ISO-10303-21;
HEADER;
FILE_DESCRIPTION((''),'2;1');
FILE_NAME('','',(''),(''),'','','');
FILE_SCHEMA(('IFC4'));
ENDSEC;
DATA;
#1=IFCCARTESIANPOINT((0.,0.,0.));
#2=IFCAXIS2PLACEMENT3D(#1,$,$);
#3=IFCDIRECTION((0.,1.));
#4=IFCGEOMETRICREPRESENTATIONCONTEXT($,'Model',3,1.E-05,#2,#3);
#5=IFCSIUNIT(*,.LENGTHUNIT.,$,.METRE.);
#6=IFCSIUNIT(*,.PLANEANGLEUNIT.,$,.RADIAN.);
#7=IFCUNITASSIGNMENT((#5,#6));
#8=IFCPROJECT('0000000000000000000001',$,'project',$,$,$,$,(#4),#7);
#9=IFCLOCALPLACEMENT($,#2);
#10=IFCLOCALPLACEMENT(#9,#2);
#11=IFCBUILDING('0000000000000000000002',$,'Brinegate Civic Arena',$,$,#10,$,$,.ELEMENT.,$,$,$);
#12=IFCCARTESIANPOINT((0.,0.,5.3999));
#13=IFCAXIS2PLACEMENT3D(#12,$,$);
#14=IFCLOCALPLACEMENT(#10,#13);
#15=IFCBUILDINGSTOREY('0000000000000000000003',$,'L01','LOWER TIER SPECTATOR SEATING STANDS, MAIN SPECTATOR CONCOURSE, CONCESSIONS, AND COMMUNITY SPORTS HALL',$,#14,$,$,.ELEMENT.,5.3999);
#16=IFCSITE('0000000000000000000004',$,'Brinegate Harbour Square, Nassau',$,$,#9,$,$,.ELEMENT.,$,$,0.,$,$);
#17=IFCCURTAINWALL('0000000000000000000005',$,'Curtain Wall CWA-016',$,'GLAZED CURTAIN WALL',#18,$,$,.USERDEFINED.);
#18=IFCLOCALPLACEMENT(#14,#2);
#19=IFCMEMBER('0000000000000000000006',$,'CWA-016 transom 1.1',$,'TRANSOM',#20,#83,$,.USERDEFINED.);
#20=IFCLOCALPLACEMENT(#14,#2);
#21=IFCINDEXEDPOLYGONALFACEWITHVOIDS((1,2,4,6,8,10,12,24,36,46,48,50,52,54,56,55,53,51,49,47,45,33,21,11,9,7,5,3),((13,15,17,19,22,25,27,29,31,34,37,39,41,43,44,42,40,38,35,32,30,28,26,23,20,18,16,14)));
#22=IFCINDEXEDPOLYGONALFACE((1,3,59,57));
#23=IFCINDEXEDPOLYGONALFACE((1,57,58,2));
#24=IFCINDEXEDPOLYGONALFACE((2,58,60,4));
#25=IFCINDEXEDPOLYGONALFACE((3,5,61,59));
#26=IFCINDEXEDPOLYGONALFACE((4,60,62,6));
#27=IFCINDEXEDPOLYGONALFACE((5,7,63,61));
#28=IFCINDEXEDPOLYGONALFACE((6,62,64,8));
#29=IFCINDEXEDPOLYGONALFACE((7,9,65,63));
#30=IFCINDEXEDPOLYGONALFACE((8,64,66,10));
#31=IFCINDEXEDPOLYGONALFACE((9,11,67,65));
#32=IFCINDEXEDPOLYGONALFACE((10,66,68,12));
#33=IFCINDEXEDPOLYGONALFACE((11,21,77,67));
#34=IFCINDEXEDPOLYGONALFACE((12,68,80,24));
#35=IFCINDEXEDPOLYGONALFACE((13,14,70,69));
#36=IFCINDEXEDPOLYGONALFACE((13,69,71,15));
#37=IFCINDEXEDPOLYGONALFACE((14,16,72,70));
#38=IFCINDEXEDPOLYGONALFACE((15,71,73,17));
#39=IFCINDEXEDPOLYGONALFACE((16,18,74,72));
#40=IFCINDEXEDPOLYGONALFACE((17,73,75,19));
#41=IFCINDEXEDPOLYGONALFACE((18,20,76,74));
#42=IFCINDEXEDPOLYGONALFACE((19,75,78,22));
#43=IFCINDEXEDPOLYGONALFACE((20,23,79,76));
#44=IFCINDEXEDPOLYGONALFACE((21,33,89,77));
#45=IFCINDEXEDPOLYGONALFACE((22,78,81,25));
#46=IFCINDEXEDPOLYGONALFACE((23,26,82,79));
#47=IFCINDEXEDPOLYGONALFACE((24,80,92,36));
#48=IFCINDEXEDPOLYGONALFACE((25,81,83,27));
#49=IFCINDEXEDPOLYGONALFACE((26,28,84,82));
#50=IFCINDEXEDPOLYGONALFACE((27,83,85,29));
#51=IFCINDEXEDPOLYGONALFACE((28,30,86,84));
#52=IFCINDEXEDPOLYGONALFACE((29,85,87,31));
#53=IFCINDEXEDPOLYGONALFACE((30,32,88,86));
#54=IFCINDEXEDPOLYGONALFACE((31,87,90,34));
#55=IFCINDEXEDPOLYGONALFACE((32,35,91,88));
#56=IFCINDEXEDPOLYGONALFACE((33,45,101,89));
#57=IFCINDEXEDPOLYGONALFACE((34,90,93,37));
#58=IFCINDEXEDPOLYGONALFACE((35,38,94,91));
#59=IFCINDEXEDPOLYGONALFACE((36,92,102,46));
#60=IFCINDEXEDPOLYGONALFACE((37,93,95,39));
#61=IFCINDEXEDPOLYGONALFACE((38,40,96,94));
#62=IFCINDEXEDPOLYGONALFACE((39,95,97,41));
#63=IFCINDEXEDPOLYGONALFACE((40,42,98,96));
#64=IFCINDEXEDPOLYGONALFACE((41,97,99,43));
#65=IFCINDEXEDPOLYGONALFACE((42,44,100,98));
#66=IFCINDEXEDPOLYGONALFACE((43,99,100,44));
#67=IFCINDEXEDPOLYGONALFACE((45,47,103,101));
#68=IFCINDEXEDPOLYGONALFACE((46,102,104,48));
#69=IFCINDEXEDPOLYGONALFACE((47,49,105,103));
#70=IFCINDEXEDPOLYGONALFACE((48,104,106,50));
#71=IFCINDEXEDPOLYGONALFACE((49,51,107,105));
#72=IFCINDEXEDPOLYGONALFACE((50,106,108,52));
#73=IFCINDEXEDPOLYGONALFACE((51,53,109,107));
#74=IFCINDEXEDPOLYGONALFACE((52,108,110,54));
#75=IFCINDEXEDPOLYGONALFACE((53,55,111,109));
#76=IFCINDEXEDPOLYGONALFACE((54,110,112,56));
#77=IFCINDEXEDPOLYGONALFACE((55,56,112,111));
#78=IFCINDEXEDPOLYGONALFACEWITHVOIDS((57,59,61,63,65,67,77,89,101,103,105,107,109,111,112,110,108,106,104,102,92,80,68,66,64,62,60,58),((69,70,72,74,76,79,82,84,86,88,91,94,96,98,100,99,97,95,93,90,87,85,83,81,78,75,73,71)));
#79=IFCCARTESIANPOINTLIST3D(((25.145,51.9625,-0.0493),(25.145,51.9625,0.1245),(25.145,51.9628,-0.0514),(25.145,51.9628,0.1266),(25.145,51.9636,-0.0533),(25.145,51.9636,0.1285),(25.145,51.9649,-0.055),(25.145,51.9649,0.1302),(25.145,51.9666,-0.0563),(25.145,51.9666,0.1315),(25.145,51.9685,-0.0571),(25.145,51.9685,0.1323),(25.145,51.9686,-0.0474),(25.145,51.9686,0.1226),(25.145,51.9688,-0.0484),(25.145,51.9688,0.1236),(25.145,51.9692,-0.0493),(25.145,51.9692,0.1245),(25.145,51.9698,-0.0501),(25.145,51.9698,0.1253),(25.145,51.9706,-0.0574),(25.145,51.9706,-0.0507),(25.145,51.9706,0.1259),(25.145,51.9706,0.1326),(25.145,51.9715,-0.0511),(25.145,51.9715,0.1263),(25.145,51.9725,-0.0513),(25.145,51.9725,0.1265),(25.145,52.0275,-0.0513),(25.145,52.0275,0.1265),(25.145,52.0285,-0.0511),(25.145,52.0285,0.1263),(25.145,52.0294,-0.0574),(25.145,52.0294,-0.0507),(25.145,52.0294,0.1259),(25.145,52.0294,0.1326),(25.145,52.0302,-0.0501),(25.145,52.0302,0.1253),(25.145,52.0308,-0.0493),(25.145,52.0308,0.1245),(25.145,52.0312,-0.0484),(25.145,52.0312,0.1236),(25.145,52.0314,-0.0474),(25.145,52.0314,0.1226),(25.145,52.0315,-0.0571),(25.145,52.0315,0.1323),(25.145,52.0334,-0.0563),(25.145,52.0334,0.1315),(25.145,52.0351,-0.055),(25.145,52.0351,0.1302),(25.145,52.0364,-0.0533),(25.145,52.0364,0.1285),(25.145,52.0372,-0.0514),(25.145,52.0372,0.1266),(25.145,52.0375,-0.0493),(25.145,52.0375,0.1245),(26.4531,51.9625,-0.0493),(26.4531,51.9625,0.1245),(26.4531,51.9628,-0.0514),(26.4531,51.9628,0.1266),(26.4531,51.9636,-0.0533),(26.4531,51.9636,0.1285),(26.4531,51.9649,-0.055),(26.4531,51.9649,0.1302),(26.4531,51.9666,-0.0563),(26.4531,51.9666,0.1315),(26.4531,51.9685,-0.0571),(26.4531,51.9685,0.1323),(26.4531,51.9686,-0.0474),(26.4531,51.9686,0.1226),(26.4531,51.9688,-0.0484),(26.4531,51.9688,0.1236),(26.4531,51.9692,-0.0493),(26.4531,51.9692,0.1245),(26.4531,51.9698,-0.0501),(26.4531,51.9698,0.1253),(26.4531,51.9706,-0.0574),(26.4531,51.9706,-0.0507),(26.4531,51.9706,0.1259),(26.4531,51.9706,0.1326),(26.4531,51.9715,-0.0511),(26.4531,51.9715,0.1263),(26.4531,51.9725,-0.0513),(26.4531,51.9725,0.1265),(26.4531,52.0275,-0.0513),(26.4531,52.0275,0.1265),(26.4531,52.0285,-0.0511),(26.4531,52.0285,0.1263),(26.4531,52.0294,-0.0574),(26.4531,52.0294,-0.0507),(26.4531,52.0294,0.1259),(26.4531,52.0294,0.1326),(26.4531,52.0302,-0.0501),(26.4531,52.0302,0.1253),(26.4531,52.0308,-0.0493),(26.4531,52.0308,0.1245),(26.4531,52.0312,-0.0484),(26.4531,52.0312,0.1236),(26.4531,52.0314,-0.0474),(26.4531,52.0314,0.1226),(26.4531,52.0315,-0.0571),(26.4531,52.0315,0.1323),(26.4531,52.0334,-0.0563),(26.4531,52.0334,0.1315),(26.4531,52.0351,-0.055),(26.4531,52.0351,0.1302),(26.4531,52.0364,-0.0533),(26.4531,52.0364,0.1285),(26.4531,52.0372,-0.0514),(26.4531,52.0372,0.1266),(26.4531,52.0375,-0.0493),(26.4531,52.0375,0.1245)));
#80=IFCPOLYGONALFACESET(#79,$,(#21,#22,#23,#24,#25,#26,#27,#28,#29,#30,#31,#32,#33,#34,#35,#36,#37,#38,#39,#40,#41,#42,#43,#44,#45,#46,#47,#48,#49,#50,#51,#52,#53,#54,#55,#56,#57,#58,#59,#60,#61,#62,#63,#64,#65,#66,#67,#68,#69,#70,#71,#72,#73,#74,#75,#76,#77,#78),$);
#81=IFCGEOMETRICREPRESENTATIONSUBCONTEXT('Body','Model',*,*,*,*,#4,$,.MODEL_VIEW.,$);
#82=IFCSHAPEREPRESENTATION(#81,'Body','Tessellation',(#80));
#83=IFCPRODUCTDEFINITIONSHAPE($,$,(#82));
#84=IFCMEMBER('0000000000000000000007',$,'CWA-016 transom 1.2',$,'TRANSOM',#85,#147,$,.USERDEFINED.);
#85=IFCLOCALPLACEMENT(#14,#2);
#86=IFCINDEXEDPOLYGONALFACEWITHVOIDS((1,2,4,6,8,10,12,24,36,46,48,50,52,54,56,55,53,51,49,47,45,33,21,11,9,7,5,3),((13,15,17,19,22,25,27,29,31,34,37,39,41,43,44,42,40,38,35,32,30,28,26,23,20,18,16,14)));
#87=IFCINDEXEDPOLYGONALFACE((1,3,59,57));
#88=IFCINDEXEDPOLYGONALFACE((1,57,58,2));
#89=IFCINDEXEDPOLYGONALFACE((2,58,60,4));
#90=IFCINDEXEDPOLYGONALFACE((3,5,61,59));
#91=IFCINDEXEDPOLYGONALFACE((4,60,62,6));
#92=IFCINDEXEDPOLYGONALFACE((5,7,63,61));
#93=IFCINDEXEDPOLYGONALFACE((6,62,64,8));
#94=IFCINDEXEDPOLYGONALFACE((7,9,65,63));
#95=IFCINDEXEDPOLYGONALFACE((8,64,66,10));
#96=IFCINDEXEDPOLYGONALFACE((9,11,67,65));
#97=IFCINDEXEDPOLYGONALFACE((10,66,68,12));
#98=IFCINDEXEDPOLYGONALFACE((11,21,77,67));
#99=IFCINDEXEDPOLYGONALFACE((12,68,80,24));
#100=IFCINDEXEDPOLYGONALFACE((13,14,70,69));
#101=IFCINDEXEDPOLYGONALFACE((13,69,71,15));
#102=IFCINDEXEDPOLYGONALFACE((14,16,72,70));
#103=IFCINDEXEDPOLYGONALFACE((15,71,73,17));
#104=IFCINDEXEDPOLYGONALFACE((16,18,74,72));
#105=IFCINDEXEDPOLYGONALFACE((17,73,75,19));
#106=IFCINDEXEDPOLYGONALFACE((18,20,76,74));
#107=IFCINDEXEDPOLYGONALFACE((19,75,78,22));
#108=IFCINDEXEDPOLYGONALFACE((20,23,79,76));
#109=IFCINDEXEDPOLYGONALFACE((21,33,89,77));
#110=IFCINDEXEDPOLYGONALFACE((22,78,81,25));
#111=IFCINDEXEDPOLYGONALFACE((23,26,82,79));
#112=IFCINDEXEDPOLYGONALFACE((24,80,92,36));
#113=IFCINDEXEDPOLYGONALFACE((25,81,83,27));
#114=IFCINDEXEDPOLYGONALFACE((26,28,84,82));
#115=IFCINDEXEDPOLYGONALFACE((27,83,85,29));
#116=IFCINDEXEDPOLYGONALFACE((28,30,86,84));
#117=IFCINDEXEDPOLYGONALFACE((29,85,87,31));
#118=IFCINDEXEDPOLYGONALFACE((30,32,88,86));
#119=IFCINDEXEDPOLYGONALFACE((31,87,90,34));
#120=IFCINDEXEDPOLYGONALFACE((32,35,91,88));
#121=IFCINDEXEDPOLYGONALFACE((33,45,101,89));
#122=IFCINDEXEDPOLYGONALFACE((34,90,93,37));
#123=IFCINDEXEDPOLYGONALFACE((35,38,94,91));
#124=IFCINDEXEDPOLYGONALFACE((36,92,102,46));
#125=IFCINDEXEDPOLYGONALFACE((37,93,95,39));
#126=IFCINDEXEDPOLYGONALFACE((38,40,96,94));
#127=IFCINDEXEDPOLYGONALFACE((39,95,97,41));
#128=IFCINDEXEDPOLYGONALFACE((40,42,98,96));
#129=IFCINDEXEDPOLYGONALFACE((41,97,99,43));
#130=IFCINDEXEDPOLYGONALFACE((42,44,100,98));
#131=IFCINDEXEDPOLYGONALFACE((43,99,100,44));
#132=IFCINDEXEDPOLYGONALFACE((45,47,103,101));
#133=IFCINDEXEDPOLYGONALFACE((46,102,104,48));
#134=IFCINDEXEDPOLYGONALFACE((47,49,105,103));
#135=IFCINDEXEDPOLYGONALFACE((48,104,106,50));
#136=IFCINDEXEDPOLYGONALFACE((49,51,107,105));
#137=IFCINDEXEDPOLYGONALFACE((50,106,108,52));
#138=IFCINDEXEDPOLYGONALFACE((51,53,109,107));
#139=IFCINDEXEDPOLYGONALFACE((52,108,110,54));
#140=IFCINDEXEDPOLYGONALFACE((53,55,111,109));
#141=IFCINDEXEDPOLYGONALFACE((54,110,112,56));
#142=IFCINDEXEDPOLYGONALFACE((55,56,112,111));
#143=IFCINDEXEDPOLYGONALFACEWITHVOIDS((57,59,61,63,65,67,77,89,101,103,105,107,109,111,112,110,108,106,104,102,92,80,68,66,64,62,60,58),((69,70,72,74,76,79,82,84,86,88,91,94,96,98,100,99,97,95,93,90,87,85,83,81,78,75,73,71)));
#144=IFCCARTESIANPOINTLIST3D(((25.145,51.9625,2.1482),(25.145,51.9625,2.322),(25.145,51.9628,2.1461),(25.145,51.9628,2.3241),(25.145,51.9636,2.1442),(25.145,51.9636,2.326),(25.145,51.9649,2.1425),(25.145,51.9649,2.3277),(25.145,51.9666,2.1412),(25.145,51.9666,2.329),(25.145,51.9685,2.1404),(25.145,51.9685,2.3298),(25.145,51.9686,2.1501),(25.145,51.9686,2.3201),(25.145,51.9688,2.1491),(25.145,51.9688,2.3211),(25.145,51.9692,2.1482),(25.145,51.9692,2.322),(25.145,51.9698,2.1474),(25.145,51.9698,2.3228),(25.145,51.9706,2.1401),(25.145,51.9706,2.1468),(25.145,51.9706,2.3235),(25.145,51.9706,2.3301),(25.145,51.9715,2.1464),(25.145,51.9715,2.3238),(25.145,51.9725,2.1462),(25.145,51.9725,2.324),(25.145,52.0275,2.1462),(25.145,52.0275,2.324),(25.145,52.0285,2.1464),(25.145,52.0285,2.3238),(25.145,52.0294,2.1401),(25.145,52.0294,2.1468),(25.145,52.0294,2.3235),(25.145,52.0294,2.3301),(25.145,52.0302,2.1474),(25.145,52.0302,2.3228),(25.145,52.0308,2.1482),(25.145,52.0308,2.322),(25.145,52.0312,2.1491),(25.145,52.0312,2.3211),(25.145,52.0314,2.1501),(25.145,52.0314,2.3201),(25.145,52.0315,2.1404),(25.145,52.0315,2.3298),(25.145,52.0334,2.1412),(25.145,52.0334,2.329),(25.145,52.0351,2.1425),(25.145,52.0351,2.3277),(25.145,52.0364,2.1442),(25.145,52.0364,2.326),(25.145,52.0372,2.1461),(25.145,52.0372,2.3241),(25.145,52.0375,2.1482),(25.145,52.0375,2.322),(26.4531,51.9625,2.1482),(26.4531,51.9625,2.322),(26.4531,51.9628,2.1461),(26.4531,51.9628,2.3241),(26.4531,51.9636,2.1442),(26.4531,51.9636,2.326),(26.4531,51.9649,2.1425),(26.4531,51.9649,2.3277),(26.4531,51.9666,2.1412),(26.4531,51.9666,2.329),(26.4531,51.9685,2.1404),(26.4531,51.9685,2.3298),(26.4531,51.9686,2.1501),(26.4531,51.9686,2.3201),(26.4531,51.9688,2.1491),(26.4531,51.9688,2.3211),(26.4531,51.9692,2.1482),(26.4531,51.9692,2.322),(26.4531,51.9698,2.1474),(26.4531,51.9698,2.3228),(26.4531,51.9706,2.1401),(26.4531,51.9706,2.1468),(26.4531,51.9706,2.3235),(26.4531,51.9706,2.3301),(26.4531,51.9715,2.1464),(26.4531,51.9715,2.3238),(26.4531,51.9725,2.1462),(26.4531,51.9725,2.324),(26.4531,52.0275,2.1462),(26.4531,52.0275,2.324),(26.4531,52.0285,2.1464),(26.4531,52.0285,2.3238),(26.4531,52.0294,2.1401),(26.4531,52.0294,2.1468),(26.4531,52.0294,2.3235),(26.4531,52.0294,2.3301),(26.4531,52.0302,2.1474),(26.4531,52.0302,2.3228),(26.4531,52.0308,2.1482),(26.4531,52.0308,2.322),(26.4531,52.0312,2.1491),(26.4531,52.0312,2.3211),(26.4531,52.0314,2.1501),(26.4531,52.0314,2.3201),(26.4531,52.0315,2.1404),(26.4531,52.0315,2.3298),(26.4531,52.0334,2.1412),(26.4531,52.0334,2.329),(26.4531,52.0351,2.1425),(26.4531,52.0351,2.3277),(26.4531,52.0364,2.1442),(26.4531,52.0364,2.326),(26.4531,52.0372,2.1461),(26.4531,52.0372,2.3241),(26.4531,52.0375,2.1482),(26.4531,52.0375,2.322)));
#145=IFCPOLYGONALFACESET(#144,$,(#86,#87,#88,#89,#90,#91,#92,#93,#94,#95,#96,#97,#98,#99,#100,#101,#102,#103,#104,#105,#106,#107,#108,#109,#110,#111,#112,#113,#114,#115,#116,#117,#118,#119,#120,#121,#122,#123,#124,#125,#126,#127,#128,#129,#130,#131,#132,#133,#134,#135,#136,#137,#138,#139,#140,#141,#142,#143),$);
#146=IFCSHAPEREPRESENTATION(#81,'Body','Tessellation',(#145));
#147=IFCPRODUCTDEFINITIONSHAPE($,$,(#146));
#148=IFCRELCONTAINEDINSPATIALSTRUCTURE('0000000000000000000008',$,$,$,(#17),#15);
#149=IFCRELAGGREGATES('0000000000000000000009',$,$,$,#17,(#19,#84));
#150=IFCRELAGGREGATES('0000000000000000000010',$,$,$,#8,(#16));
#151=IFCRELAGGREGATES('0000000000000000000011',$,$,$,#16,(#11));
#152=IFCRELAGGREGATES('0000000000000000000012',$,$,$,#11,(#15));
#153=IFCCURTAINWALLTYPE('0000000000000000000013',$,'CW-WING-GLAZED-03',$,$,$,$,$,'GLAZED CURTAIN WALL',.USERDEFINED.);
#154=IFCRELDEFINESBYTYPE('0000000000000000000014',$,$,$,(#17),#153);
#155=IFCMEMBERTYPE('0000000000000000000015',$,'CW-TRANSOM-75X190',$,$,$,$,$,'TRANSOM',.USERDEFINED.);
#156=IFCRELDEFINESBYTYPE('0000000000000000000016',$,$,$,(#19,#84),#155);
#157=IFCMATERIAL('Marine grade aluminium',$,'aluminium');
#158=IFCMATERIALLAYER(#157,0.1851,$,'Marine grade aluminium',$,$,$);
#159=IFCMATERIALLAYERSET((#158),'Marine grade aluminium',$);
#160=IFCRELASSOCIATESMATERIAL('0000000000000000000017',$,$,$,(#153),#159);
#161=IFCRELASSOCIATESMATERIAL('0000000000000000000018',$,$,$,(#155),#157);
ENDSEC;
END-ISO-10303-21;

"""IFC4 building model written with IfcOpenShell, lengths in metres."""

from ifc_helpers import new_model, si_unit, direction, frame, origin, origin_2d, place, context, subcontext, project, spatial, hollow_rectangle, extrude, material, layer, layer_set, material_profile, profile_set, type_object, element, aggregate, save


model = new_model("IFC4")

# Units and contexts
model_context = context("Model", 3, precision=1e-05, world=origin(), true_north=direction((0.0, 1.0)))
body_context = subcontext(model_context, "Body", "Model", "MODEL_VIEW")
ifc_project = project(units=[si_unit("LENGTHUNIT", "METRE"), si_unit("PLANEANGLEUNIT", "RADIAN")], contexts=[model_context])

# Site, building, storey
site_placement = place(None, origin())
site = spatial("IfcSite", under=ifc_project, at=site_placement, Name="Brinegate Harbour Square, Nassau", CompositionType="ELEMENT", RefElevation=0.0)
building_placement = place(site_placement, origin())
building = spatial("IfcBuilding", under=site, at=building_placement, Name="Brinegate Civic Arena", CompositionType="ELEMENT")
storey_placement = place(building_placement, frame((0.0, 0.0, 5.3999)))
storey = spatial("IfcBuildingStorey", under=building, at=storey_placement, Name="L01", Description="LOWER TIER SPECTATOR SEATING STANDS, MAIN SPECTATOR CONCOURSE, CONCESSIONS, AND COMMUNITY SPORTS HALL", CompositionType="ELEMENT", Elevation=5.3999)

# Shared definitions
ifc_material_1 = material(Name="Marine grade aluminium", Category="aluminium")

# Curtain wall
ifc_layer_1 = layer(ifc_material_1, 0.1851, Name="Marine grade aluminium")
ifc_layer_set_1 = layer_set([ifc_layer_1], Name="Marine grade aluminium")
curtain_wall_type_1 = type_object("IfcCurtainWallType", Name="CW-WING-GLAZED-03", ElementType="GLAZED CURTAIN WALL", PredefinedType="USERDEFINED", material=ifc_layer_set_1)
curtain_wall_1_placement = place(storey_placement, origin())
curtain_wall_1 = element("IfcCurtainWall", 1, at=curtain_wall_1_placement, inside=storey, type_object=curtain_wall_type_1, Name="Curtain Wall CWA-016", ObjectType="GLAZED CURTAIN WALL", PredefinedType="USERDEFINED")

# Members
ifc_material_profile_1 = material_profile(ifc_material_1, hollow_rectangle(XDim=0.075, YDim=0.1899, WallThickness=0.0061, InnerFilletRadius=0.0039, OuterFilletRadius=0.0081, at=origin_2d()), Name="TRN75X190")
ifc_profile_set_1 = profile_set([ifc_material_profile_1], Name="Marine grade aluminium")
member_type_1 = type_object("IfcMemberType", Name="CW-TRANSOM-75X190", ElementType="TRANSOM", PredefinedType="USERDEFINED", material=ifc_profile_set_1)
member_1_placement = place(storey_placement, frame((25.145, 52.0, 0.0376), z_axis=(1.0, 0.0, 0.0), x_axis=(0.0, 1.0, 0.0)))
member_1 = element("IfcMember", 2, at=member_1_placement, type_object=member_type_1, Name="CWA-016 transom 1.1", ObjectType="TRANSOM", PredefinedType="USERDEFINED", context=body_context, shape_type="SweptSolid", body=[
    extrude(hollow_rectangle(XDim=0.075, YDim=0.1899, WallThickness=0.0061, InnerFilletRadius=0.0039, OuterFilletRadius=0.0081, at=origin_2d()), origin(), (0.0, 0.0, 1.0), 1.3081),
])
member_2_placement = place(storey_placement, frame((25.145, 52.0, 2.2351), z_axis=(1.0, 0.0, 0.0), x_axis=(0.0, 1.0, 0.0)))
member_2 = element("IfcMember", 3, at=member_2_placement, type_object=member_type_1, Name="CWA-016 transom 1.2", ObjectType="TRANSOM", PredefinedType="USERDEFINED", context=body_context, shape_type="SweptSolid", body=[
    extrude(hollow_rectangle(XDim=0.075, YDim=0.1899, WallThickness=0.0061, InnerFilletRadius=0.0039, OuterFilletRadius=0.0081, at=origin_2d()), origin(), (0.0, 0.0, 1.0), 1.3081),
])

aggregate(curtain_wall_1, [member_1, member_2])

save(model, "model.ifc")
